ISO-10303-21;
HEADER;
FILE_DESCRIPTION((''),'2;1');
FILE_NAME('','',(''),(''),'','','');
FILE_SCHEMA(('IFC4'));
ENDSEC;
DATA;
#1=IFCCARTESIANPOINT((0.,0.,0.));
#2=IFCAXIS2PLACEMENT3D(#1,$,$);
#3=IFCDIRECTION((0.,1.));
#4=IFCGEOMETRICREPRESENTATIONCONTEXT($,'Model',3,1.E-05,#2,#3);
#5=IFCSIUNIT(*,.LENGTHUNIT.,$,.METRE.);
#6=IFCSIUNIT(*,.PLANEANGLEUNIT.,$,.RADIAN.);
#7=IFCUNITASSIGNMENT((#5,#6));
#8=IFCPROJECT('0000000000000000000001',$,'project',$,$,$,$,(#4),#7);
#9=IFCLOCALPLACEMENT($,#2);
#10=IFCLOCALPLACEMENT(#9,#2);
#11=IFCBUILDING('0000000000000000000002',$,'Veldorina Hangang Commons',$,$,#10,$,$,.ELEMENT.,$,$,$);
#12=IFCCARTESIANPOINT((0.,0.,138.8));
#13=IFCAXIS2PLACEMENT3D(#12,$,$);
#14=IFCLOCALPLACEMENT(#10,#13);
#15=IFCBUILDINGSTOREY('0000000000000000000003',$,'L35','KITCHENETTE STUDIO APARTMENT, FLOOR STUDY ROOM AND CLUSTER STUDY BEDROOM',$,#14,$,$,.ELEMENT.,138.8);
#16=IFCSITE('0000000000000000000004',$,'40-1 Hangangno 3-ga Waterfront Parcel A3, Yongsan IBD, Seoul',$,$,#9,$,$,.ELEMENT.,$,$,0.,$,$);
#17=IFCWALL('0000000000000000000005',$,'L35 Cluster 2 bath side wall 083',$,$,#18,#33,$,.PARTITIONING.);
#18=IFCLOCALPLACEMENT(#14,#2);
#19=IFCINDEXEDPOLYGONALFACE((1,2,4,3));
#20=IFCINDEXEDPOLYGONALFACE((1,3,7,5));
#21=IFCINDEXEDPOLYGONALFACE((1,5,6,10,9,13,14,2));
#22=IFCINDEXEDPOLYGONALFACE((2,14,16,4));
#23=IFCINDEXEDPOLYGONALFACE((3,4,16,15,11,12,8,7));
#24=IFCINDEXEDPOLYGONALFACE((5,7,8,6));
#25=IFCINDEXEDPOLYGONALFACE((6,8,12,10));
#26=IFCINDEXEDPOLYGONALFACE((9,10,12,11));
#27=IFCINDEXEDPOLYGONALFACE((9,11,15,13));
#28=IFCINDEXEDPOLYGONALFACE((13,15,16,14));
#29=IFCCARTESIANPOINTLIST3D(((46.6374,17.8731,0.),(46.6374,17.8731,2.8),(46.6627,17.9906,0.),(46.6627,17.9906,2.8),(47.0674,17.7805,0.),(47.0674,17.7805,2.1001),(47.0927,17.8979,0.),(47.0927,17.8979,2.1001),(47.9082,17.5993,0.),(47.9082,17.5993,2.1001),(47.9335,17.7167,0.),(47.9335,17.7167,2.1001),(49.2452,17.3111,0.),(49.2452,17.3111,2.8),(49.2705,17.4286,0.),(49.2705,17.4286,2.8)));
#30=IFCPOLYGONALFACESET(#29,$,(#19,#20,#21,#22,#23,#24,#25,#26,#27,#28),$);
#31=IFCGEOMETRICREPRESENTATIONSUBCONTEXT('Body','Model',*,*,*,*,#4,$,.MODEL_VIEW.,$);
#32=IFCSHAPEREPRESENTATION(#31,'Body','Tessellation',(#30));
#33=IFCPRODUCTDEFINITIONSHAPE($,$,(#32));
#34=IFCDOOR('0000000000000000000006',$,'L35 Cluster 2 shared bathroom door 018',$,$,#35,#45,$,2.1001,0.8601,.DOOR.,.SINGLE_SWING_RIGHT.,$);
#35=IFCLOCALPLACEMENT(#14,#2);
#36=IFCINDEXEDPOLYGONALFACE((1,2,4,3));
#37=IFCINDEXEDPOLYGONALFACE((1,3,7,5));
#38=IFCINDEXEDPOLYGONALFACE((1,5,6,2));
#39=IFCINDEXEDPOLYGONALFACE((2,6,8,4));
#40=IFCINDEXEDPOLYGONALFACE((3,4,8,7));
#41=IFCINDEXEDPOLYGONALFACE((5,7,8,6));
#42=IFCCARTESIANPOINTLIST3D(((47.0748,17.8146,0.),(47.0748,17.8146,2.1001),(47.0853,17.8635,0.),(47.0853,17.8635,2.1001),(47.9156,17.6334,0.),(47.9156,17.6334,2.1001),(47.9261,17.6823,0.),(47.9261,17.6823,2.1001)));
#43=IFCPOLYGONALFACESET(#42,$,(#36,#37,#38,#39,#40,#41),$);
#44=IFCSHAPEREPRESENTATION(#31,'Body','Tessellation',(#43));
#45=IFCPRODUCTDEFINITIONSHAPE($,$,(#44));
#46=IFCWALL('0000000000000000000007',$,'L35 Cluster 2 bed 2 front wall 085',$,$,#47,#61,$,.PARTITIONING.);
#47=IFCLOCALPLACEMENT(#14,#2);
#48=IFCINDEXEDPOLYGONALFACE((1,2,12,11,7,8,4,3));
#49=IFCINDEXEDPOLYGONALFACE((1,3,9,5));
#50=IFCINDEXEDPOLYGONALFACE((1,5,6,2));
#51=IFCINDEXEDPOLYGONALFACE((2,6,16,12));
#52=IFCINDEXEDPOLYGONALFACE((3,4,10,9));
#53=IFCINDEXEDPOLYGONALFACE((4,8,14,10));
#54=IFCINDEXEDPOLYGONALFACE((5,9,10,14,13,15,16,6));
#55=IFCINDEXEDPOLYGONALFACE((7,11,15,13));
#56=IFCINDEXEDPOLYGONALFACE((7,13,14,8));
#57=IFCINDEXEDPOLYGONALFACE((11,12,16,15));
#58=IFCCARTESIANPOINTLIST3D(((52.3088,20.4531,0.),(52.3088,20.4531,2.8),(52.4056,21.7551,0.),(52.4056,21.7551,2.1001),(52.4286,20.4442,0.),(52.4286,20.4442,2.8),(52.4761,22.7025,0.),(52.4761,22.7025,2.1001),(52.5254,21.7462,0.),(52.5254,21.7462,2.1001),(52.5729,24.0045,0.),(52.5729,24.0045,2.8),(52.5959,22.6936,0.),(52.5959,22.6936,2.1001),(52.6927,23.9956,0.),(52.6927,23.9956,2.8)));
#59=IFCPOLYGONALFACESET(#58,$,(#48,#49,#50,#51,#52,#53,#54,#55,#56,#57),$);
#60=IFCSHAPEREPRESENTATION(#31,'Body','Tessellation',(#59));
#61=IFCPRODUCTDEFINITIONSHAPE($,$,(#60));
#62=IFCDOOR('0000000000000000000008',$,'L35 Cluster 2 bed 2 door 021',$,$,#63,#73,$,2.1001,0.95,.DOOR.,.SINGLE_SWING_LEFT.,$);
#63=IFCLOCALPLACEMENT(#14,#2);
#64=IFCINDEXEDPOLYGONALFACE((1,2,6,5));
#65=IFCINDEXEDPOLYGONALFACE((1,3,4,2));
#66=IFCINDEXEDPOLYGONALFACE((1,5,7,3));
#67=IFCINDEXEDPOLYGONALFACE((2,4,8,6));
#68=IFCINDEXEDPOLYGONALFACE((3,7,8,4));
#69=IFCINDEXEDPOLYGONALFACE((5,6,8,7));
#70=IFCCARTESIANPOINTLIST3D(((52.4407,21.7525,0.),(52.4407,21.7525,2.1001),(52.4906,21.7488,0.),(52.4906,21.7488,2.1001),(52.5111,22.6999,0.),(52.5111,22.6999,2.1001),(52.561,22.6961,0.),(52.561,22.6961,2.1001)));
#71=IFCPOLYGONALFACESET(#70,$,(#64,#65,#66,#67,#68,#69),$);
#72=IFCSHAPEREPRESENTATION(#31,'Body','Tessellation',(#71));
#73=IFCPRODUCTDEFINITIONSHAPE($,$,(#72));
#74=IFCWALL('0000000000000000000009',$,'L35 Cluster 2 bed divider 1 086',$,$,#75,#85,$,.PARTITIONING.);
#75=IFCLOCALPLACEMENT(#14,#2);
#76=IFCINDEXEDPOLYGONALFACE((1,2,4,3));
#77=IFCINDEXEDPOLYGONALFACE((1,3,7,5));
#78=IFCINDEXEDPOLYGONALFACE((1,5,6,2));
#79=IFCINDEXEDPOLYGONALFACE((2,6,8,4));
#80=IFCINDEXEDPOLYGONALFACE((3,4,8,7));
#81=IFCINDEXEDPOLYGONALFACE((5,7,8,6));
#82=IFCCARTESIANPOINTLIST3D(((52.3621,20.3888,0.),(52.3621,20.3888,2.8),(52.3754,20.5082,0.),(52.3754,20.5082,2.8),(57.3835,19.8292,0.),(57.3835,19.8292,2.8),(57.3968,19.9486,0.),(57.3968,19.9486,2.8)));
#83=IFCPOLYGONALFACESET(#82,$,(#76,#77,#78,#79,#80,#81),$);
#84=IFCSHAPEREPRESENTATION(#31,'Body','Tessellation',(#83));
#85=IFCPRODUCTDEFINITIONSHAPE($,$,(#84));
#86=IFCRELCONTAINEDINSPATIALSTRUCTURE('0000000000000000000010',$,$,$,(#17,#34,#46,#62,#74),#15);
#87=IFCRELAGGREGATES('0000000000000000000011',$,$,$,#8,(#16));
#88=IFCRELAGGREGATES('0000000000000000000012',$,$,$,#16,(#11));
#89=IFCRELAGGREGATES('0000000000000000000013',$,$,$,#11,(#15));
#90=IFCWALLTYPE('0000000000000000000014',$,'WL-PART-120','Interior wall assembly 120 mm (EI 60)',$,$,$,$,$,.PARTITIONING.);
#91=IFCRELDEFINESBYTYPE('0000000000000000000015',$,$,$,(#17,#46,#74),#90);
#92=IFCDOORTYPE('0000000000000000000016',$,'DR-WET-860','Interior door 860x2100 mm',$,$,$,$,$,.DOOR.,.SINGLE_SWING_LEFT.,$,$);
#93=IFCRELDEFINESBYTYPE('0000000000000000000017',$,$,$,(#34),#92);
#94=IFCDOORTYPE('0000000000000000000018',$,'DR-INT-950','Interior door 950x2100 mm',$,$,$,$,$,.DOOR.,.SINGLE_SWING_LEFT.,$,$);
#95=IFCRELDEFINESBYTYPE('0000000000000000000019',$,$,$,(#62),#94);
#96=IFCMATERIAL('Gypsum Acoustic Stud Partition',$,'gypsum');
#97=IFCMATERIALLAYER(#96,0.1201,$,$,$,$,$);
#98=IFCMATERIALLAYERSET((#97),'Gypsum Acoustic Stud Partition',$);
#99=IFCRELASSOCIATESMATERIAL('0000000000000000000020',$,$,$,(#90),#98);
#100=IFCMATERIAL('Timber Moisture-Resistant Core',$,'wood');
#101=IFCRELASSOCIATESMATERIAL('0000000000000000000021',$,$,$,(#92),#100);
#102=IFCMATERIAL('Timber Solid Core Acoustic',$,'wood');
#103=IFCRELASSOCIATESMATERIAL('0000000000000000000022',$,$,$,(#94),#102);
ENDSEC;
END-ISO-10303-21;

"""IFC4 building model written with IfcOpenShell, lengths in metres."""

from ifc_helpers import new_model, si_unit, direction, frame, frame_2d, origin, place, context, subcontext, project, spatial, rectangle, extrude, material, layer, layer_set, type_object, element, fill, save


model = new_model("IFC4")

# Units and contexts
model_context = context("Model", 3, precision=1e-05, world=origin(), true_north=direction((0.0, 1.0)))
body_context = subcontext(model_context, "Body", "Model", "MODEL_VIEW")
ifc_project = project(units=[si_unit("LENGTHUNIT", "METRE"), si_unit("PLANEANGLEUNIT", "RADIAN")], contexts=[model_context])

# Site, building, storey
site_placement = place(None, origin())
site = spatial("IfcSite", under=ifc_project, at=site_placement, Name="40-1 Hangangno 3-ga Waterfront Parcel A3, Yongsan IBD, Seoul", CompositionType="ELEMENT", RefElevation=0.0)
building_placement = place(site_placement, origin())
building = spatial("IfcBuilding", under=site, at=building_placement, Name="Veldorina Hangang Commons", CompositionType="ELEMENT")
storey_placement = place(building_placement, frame((0.0, 0.0, 138.8)))
storey = spatial("IfcBuildingStorey", under=building, at=storey_placement, Name="L35", Description="KITCHENETTE STUDIO APARTMENT, FLOOR STUDY ROOM AND CLUSTER STUDY BEDROOM", CompositionType="ELEMENT", Elevation=138.8)

# Shared definitions
ifc_material_1 = material(Name="Gypsum Acoustic Stud Partition", Category="gypsum")
ifc_layer_1 = layer(ifc_material_1, 0.1201)
ifc_layer_set_1 = layer_set([ifc_layer_1], Name="Gypsum Acoustic Stud Partition")
wall_type_1 = type_object("IfcWallType", Name="WL-PART-120", Description="Interior wall assembly 120 mm (EI 60)", PredefinedType="PARTITIONING", material=ifc_layer_set_1)

# Walls, openings, doors
wall_1_placement = place(storey_placement, frame((46.6499, 17.9319, 0.0), z_axis=(0.0, 0.0, 1.0), x_axis=(0.977558, -0.210666, 0.0)))
wall_1 = element("IfcWall", 1, at=wall_1_placement, inside=storey, type_object=wall_type_1, Name="L35 Cluster 2 bath side wall 083", PredefinedType="PARTITIONING", context=body_context, shape_type="SweptSolid", body=[
    extrude(rectangle(XDim=2.6677, YDim=0.1201, at=frame_2d((1.334, 0.0))), origin(), (0.0, 0.0, 1.0), 2.8),
])
opening_1_placement = place(wall_1_placement, frame((0.4399, 0.0, 0.0)))
opening_1 = element("IfcOpeningElement", 2, at=opening_1_placement, cuts=wall_1, PredefinedType="OPENING", context=body_context, shape_type="SweptSolid", body=[
    extrude(rectangle(XDim=0.8601, YDim=2.1001, at=frame_2d((0.4302, 1.05))), frame((0.0, 0.0701, 0.0), z_axis=(0.0, -1.0, 0.0), x_axis=(1.0, 0.0, 0.0)), (0.0, 0.0, 1.0), 0.1401),
])
ifc_material_2 = material(Name="Timber Moisture-Resistant Core", Category="wood")
door_type_1 = type_object("IfcDoorType", Name="DR-WET-860", Description="Interior door 860x2100 mm", OperationType="SINGLE_SWING_LEFT", PredefinedType="DOOR", material=ifc_material_2)
door_1_placement = place(opening_1_placement, origin())
door_1 = element("IfcDoor", 3, at=door_1_placement, inside=storey, type_object=door_type_1, Name="L35 Cluster 2 shared bathroom door 018", OperationType="SINGLE_SWING_RIGHT", OverallHeight=2.1001, OverallWidth=0.8601, PredefinedType="DOOR", context=body_context, shape_type="SweptSolid", body=[
    extrude(rectangle(XDim=0.8601, YDim=2.1001, at=frame_2d((0.4302, 1.05))), frame((0.0, 0.0249, 0.0), z_axis=(0.0, -1.0, 0.0), x_axis=(1.0, 0.0, 0.0)), (0.0, 0.0, 1.0), 0.05),
])
fill(opening_1, door_1)
wall_2_placement = place(storey_placement, frame((52.3687, 20.4485, 0.0), z_axis=(0.0, 0.0, 1.0), x_axis=(0.074175, 0.997245, 0.0)))
wall_2 = element("IfcWall", 4, at=wall_2_placement, inside=storey, type_object=wall_type_1, Name="L35 Cluster 2 bed 2 front wall 085", PredefinedType="PARTITIONING", context=body_context, shape_type="SweptSolid", body=[
    extrude(rectangle(XDim=3.5613, YDim=0.1201, at=frame_2d((1.7808, 0.0))), origin(), (0.0, 0.0, 1.0), 2.8),
])
opening_2_placement = place(wall_2_placement, frame((1.3057, 0.0, 0.0)))
opening_2 = element("IfcOpeningElement", 5, at=opening_2_placement, cuts=wall_2, PredefinedType="OPENING", context=body_context, shape_type="SweptSolid", body=[
    extrude(rectangle(XDim=0.95, YDim=2.1001, at=frame_2d((0.4751, 1.05))), frame((0.0, 0.0701, 0.0), z_axis=(0.0, -1.0, 0.0), x_axis=(1.0, 0.0, 0.0)), (0.0, 0.0, 1.0), 0.1401),
])
ifc_material_3 = material(Name="Timber Solid Core Acoustic", Category="wood")
door_type_2 = type_object("IfcDoorType", Name="DR-INT-950", Description="Interior door 950x2100 mm", OperationType="SINGLE_SWING_LEFT", PredefinedType="DOOR", material=ifc_material_3)
door_2_placement = place(opening_2_placement, origin())
door_2 = element("IfcDoor", 6, at=door_2_placement, inside=storey, type_object=door_type_2, Name="L35 Cluster 2 bed 2 door 021", OperationType="SINGLE_SWING_LEFT", OverallHeight=2.1001, OverallWidth=0.95, PredefinedType="DOOR", context=body_context, shape_type="SweptSolid", body=[
    extrude(rectangle(XDim=0.95, YDim=2.1001, at=frame_2d((0.4751, 1.05))), frame((0.0, 0.0249, 0.0), z_axis=(0.0, -1.0, 0.0), x_axis=(1.0, 0.0, 0.0)), (0.0, 0.0, 1.0), 0.05),
])
fill(opening_2, door_2)

# Wall
wall_3_placement = place(storey_placement, frame((52.3687, 20.4485, 0.0), z_axis=(0.0, 0.0, 1.0), x_axis=(0.993848, -0.11075, 0.0)))
element("IfcWall", 7, at=wall_3_placement, inside=storey, type_object=wall_type_1, Name="L35 Cluster 2 bed divider 1 086", PredefinedType="PARTITIONING", context=body_context, shape_type="SweptSolid", body=[
    extrude(rectangle(XDim=5.0525, YDim=0.1201, at=frame_2d((2.5264, 0.0))), origin(), (0.0, 0.0, 1.0), 2.8),
])

save(model, "model.ifc")
